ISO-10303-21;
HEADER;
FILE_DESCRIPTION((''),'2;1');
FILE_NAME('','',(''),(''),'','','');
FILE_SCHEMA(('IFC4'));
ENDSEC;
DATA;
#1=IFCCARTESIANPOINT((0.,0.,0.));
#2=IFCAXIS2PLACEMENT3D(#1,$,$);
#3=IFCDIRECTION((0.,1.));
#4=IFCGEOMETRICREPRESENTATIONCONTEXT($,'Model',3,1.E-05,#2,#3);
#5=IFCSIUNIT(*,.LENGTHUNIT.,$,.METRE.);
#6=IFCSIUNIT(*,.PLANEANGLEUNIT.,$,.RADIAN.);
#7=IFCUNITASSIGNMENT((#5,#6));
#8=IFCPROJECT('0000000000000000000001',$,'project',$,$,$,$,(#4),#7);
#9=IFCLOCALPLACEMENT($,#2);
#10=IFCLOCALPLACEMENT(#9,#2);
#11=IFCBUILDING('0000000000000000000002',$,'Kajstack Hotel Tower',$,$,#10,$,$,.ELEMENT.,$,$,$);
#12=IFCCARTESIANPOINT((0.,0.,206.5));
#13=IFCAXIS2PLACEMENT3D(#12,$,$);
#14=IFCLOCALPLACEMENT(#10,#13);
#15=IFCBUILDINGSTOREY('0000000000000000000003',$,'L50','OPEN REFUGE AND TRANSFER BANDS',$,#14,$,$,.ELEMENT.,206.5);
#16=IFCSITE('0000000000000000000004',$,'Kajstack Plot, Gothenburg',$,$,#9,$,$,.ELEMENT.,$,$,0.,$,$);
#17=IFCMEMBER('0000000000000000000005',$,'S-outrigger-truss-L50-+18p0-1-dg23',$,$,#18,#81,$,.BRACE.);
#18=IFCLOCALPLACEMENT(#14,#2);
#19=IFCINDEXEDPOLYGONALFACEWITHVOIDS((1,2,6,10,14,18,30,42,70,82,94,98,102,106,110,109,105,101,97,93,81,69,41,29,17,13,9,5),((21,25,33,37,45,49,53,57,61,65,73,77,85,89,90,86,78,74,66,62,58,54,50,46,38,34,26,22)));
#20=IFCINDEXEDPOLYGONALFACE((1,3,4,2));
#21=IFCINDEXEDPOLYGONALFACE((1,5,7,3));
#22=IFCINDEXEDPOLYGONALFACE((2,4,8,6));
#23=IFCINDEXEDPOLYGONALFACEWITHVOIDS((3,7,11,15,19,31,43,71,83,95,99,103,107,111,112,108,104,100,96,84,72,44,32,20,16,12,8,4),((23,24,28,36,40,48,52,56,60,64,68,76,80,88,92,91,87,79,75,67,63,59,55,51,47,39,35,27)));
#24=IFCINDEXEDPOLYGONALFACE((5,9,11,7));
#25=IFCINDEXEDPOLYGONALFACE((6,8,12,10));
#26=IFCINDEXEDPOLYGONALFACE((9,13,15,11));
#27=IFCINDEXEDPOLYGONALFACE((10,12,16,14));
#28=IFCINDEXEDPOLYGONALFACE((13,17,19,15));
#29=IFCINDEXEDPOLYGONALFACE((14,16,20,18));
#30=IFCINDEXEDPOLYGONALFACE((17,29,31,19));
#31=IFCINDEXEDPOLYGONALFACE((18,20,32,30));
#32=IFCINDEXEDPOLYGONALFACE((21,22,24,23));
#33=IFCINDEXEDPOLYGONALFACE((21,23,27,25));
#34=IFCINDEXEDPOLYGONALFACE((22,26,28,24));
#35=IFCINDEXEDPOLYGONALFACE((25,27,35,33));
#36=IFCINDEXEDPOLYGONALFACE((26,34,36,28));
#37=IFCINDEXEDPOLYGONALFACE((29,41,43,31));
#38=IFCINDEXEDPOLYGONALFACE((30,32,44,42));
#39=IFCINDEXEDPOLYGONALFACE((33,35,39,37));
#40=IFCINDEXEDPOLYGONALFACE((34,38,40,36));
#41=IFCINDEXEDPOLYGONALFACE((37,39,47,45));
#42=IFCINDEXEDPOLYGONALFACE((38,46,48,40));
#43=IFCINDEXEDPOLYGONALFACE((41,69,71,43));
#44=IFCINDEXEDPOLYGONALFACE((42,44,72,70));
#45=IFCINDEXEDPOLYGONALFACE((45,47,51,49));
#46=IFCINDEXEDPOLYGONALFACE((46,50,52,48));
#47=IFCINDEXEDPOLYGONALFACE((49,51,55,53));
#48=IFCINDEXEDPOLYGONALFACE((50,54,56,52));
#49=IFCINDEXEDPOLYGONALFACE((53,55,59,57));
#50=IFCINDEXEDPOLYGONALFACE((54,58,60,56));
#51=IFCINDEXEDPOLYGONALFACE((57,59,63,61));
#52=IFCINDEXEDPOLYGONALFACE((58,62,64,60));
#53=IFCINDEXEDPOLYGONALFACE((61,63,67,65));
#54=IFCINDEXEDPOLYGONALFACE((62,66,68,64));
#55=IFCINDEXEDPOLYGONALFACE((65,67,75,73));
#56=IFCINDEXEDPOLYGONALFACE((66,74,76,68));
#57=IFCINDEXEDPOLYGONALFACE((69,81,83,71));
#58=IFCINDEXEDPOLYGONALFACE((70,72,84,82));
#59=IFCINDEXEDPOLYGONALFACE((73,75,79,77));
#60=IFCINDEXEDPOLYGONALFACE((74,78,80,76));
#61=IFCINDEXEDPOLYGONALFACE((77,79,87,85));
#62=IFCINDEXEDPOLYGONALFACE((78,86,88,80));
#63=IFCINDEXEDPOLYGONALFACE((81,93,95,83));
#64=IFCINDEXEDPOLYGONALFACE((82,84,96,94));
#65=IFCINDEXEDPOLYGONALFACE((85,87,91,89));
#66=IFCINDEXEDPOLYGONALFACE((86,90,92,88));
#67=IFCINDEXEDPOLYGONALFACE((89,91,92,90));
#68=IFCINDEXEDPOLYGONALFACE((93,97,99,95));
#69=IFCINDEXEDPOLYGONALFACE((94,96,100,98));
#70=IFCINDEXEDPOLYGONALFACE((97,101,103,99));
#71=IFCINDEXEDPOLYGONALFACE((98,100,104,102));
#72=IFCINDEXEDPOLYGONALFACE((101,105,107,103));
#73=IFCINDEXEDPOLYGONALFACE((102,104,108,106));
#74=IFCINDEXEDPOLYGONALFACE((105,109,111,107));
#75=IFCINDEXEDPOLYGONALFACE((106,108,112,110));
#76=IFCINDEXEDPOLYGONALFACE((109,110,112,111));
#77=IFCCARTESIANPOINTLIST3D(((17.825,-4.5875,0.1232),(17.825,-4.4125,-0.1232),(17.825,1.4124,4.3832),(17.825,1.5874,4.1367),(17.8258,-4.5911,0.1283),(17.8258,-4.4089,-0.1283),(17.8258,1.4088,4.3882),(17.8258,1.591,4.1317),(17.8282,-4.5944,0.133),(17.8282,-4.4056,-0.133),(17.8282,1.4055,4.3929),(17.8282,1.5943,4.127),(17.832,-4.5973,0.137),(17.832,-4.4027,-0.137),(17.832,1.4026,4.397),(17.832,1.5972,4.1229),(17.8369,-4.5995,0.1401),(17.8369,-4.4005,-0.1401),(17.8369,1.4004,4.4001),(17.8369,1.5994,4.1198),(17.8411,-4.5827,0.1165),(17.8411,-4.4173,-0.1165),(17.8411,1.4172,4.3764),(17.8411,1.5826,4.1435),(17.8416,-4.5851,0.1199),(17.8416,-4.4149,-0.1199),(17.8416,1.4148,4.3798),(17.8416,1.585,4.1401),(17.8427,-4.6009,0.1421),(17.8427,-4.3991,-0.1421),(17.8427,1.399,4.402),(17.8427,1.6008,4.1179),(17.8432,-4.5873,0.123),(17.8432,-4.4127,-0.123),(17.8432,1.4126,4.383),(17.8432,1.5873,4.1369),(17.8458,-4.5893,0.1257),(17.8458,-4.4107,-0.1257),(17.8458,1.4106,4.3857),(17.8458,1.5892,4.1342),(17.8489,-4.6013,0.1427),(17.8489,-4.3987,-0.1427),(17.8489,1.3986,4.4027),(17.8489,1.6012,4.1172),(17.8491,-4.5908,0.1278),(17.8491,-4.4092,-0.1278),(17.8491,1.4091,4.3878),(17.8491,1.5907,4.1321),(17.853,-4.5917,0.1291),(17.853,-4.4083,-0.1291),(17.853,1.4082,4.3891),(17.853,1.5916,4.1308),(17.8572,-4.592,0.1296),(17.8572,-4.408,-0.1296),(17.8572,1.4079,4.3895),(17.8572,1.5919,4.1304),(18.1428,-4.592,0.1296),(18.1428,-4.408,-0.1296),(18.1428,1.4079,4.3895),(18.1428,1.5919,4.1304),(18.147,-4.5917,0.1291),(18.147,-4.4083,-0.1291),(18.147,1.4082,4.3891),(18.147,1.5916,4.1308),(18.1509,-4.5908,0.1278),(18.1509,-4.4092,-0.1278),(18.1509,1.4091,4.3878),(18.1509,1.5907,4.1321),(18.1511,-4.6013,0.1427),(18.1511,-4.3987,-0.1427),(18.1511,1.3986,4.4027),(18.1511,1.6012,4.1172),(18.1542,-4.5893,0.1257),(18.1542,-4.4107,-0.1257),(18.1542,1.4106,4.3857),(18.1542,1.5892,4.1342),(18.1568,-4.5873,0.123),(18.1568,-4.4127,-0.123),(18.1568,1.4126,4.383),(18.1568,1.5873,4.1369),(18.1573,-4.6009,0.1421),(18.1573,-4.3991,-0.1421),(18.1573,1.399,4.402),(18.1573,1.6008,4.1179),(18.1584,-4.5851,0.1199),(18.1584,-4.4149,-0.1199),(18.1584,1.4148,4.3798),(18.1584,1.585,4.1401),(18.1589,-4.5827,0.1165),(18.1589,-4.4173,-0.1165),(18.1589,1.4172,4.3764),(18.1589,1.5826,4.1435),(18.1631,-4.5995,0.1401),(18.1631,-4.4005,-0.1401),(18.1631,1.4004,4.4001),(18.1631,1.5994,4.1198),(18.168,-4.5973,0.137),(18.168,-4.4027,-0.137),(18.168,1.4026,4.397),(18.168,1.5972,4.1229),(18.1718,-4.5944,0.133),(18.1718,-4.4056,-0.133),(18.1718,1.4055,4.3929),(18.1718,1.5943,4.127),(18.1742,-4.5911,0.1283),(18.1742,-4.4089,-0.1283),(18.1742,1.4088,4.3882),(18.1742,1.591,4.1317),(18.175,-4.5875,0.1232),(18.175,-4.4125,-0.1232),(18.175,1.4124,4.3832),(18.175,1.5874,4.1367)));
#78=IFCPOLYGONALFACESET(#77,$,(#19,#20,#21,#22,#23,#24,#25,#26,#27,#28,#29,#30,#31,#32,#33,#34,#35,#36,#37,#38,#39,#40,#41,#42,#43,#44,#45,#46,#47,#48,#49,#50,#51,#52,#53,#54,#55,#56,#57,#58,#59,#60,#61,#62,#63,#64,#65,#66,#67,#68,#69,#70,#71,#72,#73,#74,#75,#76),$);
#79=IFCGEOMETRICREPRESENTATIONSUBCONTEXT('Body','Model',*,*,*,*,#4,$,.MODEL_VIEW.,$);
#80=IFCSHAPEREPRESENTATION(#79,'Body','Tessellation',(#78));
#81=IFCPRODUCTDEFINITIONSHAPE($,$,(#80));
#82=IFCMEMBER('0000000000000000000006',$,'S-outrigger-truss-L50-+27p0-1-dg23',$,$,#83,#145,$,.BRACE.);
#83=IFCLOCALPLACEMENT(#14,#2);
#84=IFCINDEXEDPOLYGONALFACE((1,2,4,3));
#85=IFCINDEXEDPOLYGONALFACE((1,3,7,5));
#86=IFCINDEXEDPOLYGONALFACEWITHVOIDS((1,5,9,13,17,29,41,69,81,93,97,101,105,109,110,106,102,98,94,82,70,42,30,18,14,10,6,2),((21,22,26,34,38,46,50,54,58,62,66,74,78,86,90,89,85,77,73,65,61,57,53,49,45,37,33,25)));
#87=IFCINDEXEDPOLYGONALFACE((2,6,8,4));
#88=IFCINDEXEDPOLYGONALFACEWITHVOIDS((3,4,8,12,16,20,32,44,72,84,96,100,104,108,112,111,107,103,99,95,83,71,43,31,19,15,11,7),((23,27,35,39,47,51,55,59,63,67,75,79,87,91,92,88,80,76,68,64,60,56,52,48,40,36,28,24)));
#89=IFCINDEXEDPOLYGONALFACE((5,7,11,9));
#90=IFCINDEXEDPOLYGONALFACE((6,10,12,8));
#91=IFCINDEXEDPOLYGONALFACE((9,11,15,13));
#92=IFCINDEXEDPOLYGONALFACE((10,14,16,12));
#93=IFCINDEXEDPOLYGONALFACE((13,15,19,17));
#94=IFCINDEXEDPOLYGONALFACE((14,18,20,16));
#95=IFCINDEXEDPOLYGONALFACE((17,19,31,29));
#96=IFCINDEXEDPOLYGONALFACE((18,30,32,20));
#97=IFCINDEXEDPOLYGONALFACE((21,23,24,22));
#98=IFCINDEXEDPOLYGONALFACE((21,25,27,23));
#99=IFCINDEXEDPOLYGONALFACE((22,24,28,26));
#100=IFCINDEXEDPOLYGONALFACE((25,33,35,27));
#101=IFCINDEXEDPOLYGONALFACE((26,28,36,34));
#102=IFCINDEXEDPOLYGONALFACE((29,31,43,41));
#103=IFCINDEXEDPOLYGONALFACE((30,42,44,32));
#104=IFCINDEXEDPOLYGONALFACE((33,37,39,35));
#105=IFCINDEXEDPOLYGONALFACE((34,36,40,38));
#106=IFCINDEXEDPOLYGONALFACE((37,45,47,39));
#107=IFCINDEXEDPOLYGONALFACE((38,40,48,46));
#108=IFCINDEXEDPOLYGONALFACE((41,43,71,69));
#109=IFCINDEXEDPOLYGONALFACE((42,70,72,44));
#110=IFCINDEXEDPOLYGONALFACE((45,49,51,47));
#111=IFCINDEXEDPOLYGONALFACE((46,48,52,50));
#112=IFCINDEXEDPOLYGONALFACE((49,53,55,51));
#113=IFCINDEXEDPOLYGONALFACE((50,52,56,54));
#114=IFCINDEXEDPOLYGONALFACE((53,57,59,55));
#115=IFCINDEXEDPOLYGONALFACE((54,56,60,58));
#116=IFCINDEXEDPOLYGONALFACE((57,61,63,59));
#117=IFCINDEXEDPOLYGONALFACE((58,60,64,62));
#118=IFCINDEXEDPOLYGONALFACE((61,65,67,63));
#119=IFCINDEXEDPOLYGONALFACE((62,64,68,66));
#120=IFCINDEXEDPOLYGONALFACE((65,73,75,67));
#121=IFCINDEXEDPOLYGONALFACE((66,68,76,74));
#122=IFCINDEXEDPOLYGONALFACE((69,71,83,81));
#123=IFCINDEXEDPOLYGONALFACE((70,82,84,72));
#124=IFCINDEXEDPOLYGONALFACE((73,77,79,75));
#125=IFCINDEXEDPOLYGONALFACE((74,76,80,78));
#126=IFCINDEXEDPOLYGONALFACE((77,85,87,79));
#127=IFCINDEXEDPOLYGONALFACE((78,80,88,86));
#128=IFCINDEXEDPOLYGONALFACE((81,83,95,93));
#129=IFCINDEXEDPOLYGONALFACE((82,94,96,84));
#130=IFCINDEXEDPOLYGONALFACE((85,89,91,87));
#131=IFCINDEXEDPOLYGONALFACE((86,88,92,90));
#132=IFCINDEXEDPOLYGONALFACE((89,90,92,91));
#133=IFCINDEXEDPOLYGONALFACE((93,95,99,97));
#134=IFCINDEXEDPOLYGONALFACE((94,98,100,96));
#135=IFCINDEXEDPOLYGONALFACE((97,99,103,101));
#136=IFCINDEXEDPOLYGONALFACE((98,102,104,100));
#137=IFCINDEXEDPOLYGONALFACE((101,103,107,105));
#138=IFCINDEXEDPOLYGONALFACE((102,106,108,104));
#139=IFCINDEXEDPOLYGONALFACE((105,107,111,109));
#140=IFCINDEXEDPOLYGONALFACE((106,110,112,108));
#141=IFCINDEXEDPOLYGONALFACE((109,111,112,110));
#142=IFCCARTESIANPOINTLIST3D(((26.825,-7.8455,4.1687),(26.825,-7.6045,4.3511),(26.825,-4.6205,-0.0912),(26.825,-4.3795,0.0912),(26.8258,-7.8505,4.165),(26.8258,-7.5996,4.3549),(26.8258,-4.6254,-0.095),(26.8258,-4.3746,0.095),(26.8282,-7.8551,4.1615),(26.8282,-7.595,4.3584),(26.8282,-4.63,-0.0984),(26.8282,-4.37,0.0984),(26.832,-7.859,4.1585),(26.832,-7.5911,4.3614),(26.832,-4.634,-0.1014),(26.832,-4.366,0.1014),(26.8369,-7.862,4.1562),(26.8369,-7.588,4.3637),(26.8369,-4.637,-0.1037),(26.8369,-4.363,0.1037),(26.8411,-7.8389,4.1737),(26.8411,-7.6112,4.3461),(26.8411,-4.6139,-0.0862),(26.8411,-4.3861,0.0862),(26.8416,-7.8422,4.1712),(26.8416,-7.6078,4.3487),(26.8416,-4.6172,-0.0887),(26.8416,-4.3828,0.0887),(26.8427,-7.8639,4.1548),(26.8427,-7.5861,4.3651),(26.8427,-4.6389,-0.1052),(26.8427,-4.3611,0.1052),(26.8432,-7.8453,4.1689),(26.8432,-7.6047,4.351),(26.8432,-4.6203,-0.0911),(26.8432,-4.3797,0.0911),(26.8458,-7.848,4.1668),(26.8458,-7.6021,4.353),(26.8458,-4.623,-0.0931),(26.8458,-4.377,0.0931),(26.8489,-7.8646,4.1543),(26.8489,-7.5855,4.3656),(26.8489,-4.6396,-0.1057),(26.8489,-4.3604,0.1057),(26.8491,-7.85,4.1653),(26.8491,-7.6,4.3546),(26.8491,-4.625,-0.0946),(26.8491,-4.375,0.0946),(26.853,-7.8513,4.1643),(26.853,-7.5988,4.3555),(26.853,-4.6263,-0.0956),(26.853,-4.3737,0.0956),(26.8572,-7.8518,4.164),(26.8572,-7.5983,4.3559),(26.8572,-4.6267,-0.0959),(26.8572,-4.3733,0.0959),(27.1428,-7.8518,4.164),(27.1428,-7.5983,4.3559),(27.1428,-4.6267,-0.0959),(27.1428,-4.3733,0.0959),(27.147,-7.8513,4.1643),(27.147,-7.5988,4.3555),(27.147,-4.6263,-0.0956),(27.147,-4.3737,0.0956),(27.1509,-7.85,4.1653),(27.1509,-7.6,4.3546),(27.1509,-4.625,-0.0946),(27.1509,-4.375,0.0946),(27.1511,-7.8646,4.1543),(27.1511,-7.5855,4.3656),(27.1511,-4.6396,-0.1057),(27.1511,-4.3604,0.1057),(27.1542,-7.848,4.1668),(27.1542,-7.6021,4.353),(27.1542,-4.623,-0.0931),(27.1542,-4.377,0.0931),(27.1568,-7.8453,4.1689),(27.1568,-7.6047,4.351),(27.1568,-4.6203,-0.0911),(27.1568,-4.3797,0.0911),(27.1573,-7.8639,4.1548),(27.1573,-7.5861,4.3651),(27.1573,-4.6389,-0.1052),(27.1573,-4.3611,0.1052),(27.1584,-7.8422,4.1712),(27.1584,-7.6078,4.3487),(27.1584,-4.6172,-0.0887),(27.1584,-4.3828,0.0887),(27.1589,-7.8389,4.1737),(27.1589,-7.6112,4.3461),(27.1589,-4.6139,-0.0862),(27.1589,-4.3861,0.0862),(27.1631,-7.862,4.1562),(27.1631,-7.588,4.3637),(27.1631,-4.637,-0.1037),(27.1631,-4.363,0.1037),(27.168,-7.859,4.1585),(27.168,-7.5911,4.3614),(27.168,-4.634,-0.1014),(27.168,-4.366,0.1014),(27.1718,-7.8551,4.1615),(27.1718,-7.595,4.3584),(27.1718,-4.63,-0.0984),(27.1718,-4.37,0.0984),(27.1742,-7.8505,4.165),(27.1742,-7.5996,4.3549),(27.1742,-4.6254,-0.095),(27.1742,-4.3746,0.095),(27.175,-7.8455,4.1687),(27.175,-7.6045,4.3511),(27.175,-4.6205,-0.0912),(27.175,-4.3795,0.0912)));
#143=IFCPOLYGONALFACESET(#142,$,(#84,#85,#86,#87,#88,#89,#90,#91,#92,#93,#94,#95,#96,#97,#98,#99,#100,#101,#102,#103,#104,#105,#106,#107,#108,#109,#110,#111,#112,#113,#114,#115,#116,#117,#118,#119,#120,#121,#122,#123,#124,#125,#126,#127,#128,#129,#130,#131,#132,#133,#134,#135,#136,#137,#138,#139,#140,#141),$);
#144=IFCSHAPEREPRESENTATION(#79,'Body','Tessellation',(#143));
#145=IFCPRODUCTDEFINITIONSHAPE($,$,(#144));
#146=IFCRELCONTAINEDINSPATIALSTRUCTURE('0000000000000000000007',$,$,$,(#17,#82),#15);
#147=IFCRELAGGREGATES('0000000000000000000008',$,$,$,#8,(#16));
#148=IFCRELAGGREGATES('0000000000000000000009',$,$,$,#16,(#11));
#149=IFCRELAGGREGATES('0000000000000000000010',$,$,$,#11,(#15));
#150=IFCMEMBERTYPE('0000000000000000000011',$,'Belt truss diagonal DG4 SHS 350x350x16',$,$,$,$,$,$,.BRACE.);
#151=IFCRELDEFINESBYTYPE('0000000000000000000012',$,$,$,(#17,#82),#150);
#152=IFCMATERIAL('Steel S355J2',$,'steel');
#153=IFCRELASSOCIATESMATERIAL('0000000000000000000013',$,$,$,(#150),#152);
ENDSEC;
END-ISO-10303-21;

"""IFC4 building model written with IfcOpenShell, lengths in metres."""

from ifc_helpers import new_model, si_unit, direction, frame, origin, origin_2d, place, context, subcontext, project, spatial, hollow_rectangle, extrude, material, material_profile, profile_set, type_object, element, save


model = new_model("IFC4")

# Units and contexts
model_context = context("Model", 3, precision=1e-05, world=origin(), true_north=direction((0.0, 1.0)))
body_context = subcontext(model_context, "Body", "Model", "MODEL_VIEW")
ifc_project = project(units=[si_unit("LENGTHUNIT", "METRE"), si_unit("PLANEANGLEUNIT", "RADIAN")], contexts=[model_context])

# Site, building, storey
site_placement = place(None, origin())
site = spatial("IfcSite", under=ifc_project, at=site_placement, Name="Kajstack Plot, Gothenburg", CompositionType="ELEMENT", RefElevation=0.0)
building_placement = place(site_placement, origin())
building = spatial("IfcBuilding", under=site, at=building_placement, Name="Kajstack Hotel Tower", CompositionType="ELEMENT")
storey_placement = place(building_placement, frame((0.0, 0.0, 206.5)))
storey = spatial("IfcBuildingStorey", under=building, at=storey_placement, Name="L50", Description="OPEN REFUGE AND TRANSFER BANDS", CompositionType="ELEMENT", Elevation=206.5)

# Members
ifc_material = material(Name="Steel S355J2", Category="steel")
ifc_material_profile_1 = material_profile(ifc_material, hollow_rectangle(XDim=0.3501, YDim=0.3501, WallThickness=0.0161, InnerFilletRadius=0.0161, OuterFilletRadius=0.0239, at=origin_2d()), Name="SHS 350x350x16")
ifc_profile_set_1 = profile_set([ifc_material_profile_1], Name="Steel S355J2")
member_type_1 = type_object("IfcMemberType", Name="Belt truss diagonal DG4 SHS 350x350x16", PredefinedType="BRACE", material=ifc_profile_set_1)
member_1_placement = place(storey_placement, frame((18.0, -4.5, 0.0), z_axis=(0.0, 0.815382, 0.578923), x_axis=(-1.0, 0.0, 0.0)))
element("IfcMember", 1, at=member_1_placement, inside=storey, type_object=member_type_1, Name="S-outrigger-truss-L50-+18p0-1-dg23", PredefinedType="BRACE", context=body_context, shape_type="SweptSolid", body=[
    extrude(hollow_rectangle(XDim=0.3501, YDim=0.3501, WallThickness=0.0161, InnerFilletRadius=0.0161, OuterFilletRadius=0.0239, at=origin_2d()), origin(), (0.0, 0.0, 1.0), 7.3584),
])
member_2_placement = place(storey_placement, frame((27.0, -4.5, 0.0), z_axis=(0.0, -0.603598, 0.797289), x_axis=(1.0, 0.0, 0.0)))
element("IfcMember", 2, at=member_2_placement, inside=storey, type_object=member_type_1, Name="S-outrigger-truss-L50-+27p0-1-dg23", PredefinedType="BRACE", context=body_context, shape_type="SweptSolid", body=[
    extrude(hollow_rectangle(XDim=0.3501, YDim=0.3501, WallThickness=0.0161, InnerFilletRadius=0.0161, OuterFilletRadius=0.0239, at=origin_2d()), origin(), (0.0, 0.0, 1.0), 5.343),
])

save(model, "model.ifc")
